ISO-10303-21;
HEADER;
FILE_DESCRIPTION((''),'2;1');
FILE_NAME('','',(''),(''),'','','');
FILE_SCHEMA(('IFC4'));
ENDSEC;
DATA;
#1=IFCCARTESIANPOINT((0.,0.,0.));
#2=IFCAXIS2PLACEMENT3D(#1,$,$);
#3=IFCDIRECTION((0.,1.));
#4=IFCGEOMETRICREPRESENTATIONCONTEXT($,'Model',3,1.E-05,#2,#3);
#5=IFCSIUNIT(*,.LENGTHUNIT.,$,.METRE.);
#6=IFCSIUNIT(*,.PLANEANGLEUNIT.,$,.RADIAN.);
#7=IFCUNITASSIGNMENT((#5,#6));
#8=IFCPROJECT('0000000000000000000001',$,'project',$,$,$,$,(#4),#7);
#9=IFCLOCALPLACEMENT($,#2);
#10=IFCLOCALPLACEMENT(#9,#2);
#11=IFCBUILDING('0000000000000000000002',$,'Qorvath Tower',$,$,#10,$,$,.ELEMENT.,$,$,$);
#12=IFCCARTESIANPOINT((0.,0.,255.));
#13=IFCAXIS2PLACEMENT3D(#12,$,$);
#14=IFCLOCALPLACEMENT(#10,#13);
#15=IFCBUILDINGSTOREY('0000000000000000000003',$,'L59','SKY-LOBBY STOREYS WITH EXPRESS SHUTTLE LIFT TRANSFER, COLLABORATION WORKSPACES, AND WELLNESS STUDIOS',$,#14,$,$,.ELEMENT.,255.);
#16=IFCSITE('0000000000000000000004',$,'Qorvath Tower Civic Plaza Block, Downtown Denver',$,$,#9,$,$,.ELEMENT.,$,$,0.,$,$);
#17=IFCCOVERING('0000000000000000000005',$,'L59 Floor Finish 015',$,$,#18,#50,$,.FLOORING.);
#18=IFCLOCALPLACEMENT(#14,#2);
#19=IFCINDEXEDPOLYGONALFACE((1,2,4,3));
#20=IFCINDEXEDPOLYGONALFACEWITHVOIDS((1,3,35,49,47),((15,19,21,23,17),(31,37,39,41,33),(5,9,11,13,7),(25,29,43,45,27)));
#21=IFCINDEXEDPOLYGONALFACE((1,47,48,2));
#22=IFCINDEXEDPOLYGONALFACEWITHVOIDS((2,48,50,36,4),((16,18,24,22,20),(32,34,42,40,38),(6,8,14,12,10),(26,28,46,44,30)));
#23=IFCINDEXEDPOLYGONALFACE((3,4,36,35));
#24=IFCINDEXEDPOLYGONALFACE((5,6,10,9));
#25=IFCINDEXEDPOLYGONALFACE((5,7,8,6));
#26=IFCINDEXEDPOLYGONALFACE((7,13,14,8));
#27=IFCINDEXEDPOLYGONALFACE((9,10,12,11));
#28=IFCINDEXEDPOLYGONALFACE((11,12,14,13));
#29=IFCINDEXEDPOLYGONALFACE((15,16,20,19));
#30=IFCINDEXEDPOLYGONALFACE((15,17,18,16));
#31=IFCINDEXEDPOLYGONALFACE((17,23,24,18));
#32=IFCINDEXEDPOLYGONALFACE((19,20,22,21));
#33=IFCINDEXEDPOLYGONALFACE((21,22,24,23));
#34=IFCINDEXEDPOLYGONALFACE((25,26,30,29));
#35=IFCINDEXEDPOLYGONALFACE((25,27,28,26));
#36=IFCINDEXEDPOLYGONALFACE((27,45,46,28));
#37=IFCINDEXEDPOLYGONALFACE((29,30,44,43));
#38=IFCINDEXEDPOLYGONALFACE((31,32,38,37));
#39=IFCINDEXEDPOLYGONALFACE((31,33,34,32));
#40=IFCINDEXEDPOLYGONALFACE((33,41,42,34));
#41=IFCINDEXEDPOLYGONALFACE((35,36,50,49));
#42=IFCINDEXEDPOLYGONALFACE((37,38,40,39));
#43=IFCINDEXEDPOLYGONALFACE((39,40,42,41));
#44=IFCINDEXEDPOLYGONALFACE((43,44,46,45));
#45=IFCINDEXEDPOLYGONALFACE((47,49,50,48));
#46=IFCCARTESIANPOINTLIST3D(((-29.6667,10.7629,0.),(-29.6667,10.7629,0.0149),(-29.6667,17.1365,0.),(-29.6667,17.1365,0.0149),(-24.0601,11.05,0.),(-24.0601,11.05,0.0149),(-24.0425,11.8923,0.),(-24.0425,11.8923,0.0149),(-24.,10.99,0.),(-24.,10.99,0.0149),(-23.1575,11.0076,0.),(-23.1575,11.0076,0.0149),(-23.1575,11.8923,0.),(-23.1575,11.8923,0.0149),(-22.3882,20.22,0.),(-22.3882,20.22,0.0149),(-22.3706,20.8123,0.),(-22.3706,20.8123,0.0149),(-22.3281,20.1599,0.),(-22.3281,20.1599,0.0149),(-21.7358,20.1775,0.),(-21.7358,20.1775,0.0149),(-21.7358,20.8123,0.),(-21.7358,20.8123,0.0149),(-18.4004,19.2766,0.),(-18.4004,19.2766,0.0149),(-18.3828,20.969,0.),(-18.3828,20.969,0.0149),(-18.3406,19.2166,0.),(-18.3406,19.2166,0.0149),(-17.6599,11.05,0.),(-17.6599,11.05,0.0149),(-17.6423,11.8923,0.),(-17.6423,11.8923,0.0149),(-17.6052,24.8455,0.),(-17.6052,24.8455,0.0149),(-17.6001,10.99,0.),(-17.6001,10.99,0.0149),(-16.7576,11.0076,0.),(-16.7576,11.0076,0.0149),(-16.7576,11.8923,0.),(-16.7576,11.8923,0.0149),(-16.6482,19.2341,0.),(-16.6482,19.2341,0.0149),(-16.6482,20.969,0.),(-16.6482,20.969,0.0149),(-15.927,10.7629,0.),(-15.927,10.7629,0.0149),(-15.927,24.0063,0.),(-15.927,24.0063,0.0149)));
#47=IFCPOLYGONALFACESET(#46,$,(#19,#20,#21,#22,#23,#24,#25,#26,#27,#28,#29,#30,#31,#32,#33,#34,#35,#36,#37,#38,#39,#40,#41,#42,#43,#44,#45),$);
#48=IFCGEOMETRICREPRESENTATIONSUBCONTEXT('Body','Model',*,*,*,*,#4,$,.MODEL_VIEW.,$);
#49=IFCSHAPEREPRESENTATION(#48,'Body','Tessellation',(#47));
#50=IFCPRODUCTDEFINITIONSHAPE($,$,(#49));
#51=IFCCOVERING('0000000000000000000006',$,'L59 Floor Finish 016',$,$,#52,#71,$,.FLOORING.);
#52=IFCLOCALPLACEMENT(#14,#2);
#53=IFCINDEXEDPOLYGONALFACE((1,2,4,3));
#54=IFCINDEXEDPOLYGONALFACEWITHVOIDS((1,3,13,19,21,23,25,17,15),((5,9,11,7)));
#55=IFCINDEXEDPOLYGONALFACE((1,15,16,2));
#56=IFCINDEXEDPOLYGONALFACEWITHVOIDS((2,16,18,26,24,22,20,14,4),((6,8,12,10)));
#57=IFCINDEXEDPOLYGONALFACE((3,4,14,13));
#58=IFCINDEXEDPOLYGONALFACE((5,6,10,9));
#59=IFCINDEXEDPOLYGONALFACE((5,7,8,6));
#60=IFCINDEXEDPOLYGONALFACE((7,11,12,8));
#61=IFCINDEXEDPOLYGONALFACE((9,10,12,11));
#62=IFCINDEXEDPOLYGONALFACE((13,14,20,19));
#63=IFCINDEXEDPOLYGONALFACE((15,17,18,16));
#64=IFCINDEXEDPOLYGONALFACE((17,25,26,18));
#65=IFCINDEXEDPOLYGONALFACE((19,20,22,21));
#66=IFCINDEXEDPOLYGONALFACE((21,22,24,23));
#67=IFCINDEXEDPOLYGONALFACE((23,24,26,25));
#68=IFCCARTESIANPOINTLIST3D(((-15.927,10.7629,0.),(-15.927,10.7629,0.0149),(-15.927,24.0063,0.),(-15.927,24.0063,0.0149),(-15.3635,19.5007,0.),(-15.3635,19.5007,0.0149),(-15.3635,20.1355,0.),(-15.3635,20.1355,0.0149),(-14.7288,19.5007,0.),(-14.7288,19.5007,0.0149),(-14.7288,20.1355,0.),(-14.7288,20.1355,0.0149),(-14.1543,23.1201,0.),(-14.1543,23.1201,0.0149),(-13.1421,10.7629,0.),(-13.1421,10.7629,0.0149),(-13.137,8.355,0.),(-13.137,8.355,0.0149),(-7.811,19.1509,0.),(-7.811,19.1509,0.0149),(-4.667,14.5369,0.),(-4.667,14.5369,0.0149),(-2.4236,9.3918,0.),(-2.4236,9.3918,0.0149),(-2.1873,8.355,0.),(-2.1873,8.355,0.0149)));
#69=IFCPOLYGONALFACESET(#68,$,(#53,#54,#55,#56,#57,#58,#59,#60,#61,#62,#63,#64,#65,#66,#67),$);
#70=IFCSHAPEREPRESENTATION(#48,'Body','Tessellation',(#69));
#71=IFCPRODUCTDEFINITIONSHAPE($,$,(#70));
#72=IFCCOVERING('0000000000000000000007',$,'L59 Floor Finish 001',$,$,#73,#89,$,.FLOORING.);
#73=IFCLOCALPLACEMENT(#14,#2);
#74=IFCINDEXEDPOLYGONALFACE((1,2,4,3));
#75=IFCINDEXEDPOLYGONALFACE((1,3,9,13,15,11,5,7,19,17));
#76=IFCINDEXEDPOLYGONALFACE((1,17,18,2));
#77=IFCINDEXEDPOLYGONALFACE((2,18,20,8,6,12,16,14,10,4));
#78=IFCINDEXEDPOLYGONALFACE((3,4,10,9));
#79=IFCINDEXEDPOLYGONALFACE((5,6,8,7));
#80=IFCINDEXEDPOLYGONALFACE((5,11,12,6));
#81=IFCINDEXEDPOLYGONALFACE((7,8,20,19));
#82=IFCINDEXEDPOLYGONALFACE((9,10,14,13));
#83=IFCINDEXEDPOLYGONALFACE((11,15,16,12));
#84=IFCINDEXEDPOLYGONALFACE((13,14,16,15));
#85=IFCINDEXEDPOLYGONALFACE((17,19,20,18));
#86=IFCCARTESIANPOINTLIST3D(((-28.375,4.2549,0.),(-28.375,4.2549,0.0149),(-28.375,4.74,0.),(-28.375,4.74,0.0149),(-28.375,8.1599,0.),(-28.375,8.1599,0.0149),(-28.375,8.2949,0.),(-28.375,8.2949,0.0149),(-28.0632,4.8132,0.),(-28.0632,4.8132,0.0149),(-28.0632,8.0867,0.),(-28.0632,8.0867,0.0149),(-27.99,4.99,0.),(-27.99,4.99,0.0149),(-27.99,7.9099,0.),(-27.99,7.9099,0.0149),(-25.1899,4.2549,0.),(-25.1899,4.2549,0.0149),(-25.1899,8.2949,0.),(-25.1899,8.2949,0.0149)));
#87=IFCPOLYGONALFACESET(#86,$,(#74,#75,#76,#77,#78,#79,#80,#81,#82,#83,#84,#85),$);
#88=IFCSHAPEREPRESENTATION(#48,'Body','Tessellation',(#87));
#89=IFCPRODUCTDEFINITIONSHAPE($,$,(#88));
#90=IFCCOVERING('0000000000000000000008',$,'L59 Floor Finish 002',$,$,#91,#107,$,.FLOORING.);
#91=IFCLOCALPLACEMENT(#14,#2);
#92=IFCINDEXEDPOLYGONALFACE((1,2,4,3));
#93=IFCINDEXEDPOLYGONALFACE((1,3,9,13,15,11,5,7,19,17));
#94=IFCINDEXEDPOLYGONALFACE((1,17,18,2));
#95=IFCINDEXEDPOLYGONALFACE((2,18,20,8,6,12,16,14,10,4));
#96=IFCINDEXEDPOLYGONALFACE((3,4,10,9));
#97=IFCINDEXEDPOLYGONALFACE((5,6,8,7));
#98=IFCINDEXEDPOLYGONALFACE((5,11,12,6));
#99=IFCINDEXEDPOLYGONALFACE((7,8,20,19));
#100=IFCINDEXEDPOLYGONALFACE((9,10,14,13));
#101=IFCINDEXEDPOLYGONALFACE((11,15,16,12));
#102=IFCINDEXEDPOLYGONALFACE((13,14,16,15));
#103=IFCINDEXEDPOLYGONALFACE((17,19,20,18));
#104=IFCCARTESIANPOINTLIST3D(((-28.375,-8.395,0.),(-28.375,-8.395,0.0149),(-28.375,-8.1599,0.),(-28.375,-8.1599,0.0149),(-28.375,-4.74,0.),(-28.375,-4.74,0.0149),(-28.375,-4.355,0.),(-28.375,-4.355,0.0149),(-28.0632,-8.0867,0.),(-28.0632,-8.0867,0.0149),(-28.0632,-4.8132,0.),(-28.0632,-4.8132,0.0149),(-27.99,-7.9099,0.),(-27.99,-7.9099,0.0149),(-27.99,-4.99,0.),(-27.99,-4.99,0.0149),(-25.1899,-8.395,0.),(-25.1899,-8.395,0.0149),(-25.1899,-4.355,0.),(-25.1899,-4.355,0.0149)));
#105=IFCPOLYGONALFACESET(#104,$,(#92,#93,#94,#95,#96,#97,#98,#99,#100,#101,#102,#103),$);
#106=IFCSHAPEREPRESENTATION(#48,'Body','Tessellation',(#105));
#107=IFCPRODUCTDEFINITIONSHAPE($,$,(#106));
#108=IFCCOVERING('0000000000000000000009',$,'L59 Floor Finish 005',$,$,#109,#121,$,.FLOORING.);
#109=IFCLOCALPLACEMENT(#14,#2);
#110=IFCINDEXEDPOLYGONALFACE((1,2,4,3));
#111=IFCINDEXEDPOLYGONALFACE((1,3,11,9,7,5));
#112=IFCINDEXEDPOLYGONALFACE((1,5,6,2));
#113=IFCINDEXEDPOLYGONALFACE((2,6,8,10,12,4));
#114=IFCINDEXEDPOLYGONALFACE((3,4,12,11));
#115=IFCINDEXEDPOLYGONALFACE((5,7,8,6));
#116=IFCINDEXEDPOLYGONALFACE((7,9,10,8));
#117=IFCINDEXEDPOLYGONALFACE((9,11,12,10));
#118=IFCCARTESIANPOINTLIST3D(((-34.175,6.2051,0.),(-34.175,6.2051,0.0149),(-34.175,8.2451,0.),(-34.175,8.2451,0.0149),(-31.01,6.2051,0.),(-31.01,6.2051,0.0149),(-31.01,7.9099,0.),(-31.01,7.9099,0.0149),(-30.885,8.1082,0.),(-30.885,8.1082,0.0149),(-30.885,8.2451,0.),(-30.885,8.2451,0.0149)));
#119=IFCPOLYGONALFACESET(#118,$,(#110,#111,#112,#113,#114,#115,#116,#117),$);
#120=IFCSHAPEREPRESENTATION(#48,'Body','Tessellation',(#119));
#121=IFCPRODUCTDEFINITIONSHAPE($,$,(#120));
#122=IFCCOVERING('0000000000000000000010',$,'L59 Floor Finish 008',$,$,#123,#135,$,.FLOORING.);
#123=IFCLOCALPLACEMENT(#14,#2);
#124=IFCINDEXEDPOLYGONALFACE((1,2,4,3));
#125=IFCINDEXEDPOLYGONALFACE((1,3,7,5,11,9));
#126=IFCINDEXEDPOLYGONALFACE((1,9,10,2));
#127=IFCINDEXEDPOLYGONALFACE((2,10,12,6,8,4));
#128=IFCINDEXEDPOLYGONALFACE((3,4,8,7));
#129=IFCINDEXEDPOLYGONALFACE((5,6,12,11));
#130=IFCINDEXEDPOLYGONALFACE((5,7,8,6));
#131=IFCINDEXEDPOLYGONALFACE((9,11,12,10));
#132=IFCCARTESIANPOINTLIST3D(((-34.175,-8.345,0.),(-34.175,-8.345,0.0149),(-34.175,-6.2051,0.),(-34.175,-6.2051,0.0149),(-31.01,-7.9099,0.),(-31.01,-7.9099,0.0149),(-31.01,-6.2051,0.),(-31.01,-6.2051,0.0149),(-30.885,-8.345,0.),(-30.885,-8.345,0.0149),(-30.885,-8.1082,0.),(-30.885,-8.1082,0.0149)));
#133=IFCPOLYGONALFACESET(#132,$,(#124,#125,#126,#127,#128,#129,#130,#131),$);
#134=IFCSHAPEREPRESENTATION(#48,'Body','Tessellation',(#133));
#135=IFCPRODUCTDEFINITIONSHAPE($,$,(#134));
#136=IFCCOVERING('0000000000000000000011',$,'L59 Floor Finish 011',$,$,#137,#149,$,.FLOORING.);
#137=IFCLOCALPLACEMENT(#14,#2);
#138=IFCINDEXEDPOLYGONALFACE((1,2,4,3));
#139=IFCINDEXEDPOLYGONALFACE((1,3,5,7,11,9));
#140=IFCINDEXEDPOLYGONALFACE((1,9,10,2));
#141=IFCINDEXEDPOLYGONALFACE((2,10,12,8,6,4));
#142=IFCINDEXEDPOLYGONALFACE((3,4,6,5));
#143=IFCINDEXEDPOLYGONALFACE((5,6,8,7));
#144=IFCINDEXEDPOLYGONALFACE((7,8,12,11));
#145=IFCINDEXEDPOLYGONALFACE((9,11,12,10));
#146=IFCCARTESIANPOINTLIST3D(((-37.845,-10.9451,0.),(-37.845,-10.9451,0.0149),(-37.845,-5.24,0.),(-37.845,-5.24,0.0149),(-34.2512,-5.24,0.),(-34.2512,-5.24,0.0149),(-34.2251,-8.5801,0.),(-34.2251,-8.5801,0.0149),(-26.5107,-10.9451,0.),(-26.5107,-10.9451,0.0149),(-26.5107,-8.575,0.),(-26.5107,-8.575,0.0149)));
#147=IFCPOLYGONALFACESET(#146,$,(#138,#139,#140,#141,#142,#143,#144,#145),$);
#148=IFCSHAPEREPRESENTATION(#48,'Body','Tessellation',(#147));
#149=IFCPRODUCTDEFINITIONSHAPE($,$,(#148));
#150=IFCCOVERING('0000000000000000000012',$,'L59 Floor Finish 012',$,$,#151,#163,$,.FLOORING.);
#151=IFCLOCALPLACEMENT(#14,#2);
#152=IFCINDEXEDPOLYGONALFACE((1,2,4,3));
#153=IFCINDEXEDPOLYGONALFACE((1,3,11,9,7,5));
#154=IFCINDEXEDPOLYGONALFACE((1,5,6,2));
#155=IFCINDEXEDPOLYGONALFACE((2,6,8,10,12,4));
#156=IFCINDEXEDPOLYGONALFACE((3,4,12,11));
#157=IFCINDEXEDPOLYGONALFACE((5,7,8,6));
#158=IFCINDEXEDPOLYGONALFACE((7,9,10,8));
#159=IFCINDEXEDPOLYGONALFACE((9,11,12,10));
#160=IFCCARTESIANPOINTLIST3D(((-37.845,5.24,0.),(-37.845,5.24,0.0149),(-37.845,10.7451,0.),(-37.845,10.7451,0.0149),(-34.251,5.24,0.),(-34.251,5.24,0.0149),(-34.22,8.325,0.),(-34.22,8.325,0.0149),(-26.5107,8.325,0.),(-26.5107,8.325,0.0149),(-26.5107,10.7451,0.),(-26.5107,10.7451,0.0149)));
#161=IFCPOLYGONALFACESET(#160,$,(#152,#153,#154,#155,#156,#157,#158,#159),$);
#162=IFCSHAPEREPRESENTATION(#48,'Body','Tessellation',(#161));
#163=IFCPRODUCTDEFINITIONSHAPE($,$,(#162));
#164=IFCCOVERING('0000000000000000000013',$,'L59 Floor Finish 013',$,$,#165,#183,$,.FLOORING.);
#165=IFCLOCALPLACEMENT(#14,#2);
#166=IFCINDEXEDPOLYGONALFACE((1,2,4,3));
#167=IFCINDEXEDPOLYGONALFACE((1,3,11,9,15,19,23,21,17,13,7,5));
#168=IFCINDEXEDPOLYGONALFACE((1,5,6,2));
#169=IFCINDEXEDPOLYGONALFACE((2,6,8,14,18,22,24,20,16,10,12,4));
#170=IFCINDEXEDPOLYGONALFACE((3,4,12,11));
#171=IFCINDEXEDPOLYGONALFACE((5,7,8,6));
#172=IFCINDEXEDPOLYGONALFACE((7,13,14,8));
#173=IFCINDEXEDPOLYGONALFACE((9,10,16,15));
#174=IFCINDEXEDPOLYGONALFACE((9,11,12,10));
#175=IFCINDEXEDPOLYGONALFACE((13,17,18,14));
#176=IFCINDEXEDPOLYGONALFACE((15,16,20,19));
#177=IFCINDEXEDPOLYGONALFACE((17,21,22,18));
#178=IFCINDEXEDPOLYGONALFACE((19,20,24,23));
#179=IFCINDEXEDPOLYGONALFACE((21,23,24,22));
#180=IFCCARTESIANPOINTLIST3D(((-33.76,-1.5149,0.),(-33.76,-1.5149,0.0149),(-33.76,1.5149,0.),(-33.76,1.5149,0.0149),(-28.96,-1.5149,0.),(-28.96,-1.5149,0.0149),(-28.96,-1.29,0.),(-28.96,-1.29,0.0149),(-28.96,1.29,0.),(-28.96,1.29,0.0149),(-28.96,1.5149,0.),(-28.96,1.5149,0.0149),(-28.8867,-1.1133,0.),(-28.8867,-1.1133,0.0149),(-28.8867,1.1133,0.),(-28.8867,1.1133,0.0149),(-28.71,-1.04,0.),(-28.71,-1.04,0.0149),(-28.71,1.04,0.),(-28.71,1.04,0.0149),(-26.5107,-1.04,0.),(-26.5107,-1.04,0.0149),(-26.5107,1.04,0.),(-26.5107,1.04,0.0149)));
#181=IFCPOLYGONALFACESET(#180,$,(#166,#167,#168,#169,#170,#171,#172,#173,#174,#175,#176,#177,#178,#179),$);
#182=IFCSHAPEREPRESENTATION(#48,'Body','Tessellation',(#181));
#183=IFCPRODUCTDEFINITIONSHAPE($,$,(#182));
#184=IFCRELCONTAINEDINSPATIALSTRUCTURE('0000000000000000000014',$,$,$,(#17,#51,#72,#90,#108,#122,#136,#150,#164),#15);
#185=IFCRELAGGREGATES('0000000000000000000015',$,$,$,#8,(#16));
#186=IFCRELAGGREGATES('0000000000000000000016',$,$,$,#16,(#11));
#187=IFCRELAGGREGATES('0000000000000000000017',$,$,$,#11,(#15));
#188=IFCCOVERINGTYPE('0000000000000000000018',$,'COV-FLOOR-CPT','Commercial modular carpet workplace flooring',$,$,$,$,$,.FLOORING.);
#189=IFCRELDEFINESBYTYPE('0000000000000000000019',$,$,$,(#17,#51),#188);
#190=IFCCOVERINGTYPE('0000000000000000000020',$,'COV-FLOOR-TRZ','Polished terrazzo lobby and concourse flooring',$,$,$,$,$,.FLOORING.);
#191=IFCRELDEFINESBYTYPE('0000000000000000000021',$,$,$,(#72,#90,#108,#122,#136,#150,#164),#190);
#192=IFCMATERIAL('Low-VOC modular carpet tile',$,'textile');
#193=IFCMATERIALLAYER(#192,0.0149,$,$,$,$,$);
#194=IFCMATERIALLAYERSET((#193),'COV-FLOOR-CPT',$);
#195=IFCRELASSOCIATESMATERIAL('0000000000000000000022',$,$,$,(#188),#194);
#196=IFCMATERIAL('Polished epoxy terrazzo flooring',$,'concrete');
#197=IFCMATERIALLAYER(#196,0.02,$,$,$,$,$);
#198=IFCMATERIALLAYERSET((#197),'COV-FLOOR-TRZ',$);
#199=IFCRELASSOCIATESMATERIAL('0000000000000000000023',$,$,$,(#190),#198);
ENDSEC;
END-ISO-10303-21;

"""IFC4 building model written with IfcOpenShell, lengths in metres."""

from ifc_helpers import new_model, si_unit, direction, frame, origin, place, context, subcontext, project, spatial, polyline, outline, extrude, material, layer, layer_set, type_object, element, save


model = new_model("IFC4")

# Units and contexts
model_context = context("Model", 3, precision=1e-05, world=origin(), true_north=direction((0.0, 1.0)))
body_context = subcontext(model_context, "Body", "Model", "MODEL_VIEW")
ifc_project = project(units=[si_unit("LENGTHUNIT", "METRE"), si_unit("PLANEANGLEUNIT", "RADIAN")], contexts=[model_context])

# Site, building, storey
site_placement = place(None, origin())
site = spatial("IfcSite", under=ifc_project, at=site_placement, Name="Qorvath Tower Civic Plaza Block, Downtown Denver", CompositionType="ELEMENT", RefElevation=0.0)
building_placement = place(site_placement, origin())
building = spatial("IfcBuilding", under=site, at=building_placement, Name="Qorvath Tower", CompositionType="ELEMENT")
storey_placement = place(building_placement, frame((0.0, 0.0, 255.0)))
storey = spatial("IfcBuildingStorey", under=building, at=storey_placement, Name="L59", Description="SKY-LOBBY STOREYS WITH EXPRESS SHUTTLE LIFT TRANSFER, COLLABORATION WORKSPACES, AND WELLNESS STUDIOS", CompositionType="ELEMENT", Elevation=255.0)

# Coverings
ifc_material_1 = material(Name="Low-VOC modular carpet tile", Category="textile")
ifc_layer_1 = layer(ifc_material_1, 0.0149)
ifc_layer_set_1 = layer_set([ifc_layer_1], Name="COV-FLOOR-CPT")
covering_type_1 = type_object("IfcCoveringType", Name="COV-FLOOR-CPT", Description="Commercial modular carpet workplace flooring", PredefinedType="FLOORING", material=ifc_layer_set_1)
covering_1_placement = place(storey_placement, origin())
element("IfcCovering", 1, at=covering_1_placement, inside=storey, type_object=covering_type_1, Name="L59 Floor Finish 015", PredefinedType="FLOORING", context=body_context, shape_type="SweptSolid", body=[
    extrude(outline(polyline([(-29.6667, 17.1365), (-29.6667, 10.7629), (-15.927, 10.7629), (-15.927, 24.0063), (-17.6052, 24.8455), (-29.6667, 17.1365)]), holes=[polyline([(-18.4004, 19.2766), (-18.3828, 20.969), (-16.6482, 20.969), (-16.6482, 19.2341), (-18.3406, 19.2166), (-18.4004, 19.2766)]), polyline([(-17.6599, 11.05), (-17.6423, 11.8923), (-16.7576, 11.8923), (-16.7576, 11.0076), (-17.6001, 10.99), (-17.6599, 11.05)]), polyline([(-22.3882, 20.22), (-22.3706, 20.8123), (-21.7358, 20.8123), (-21.7358, 20.1775), (-22.3281, 20.1599), (-22.3882, 20.22)]), polyline([(-24.0601, 11.05), (-24.0425, 11.8923), (-23.1575, 11.8923), (-23.1575, 11.0076), (-24.0, 10.99), (-24.0601, 11.05)])]), origin(), (0.0, 0.0, 1.0), 0.0149),
])
covering_2_placement = place(storey_placement, origin())
element("IfcCovering", 2, at=covering_2_placement, inside=storey, type_object=covering_type_1, Name="L59 Floor Finish 016", PredefinedType="FLOORING", context=body_context, shape_type="SweptSolid", body=[
    extrude(outline(polyline([(-15.927, 24.0063), (-15.927, 10.7629), (-13.1421, 10.7629), (-13.137, 8.355), (-2.1873, 8.355), (-2.4236, 9.3918), (-4.667, 14.5369), (-7.811, 19.1509), (-14.1543, 23.1201), (-15.927, 24.0063)]), holes=[polyline([(-15.3635, 19.5007), (-15.3635, 20.1355), (-14.7288, 20.1355), (-14.7288, 19.5007), (-15.3635, 19.5007)])]), origin(), (0.0, 0.0, 1.0), 0.0149),
])
ifc_material_2 = material(Name="Polished epoxy terrazzo flooring", Category="concrete")
ifc_layer_2 = layer(ifc_material_2, 0.02)
ifc_layer_set_2 = layer_set([ifc_layer_2], Name="COV-FLOOR-TRZ")
covering_type_2 = type_object("IfcCoveringType", Name="COV-FLOOR-TRZ", Description="Polished terrazzo lobby and concourse flooring", PredefinedType="FLOORING", material=ifc_layer_set_2)
covering_3_placement = place(storey_placement, origin())
element("IfcCovering", 3, at=covering_3_placement, inside=storey, type_object=covering_type_2, Name="L59 Floor Finish 001", PredefinedType="FLOORING", context=body_context, shape_type="SweptSolid", body=[
    extrude(outline(polyline([(-25.1899, 4.2549), (-25.1899, 8.2949), (-28.375, 8.2949), (-28.375, 8.1599), (-28.0632, 8.0867), (-27.99, 7.9099), (-27.99, 4.99), (-28.0632, 4.8132), (-28.375, 4.74), (-28.375, 4.2549), (-25.1899, 4.2549)])), origin(), (0.0, 0.0, 1.0), 0.0149),
])
covering_4_placement = place(storey_placement, origin())
element("IfcCovering", 4, at=covering_4_placement, inside=storey, type_object=covering_type_2, Name="L59 Floor Finish 002", PredefinedType="FLOORING", context=body_context, shape_type="SweptSolid", body=[
    extrude(outline(polyline([(-25.1899, -8.395), (-25.1899, -4.355), (-28.375, -4.355), (-28.375, -4.74), (-28.0632, -4.8132), (-27.99, -4.99), (-27.99, -7.9099), (-28.0632, -8.0867), (-28.375, -8.1599), (-28.375, -8.395), (-25.1899, -8.395)])), origin(), (0.0, 0.0, 1.0), 0.0149),
])
covering_5_placement = place(storey_placement, origin())
element("IfcCovering", 5, at=covering_5_placement, inside=storey, type_object=covering_type_2, Name="L59 Floor Finish 005", PredefinedType="FLOORING", context=body_context, shape_type="SweptSolid", body=[
    extrude(outline(polyline([(-31.01, 6.2051), (-31.01, 7.9099), (-30.885, 8.1082), (-30.885, 8.2451), (-34.175, 8.2451), (-34.175, 6.2051), (-31.01, 6.2051)])), origin(), (0.0, 0.0, 1.0), 0.0149),
])
covering_6_placement = place(storey_placement, origin())
element("IfcCovering", 6, at=covering_6_placement, inside=storey, type_object=covering_type_2, Name="L59 Floor Finish 008", PredefinedType="FLOORING", context=body_context, shape_type="SweptSolid", body=[
    extrude(outline(polyline([(-30.885, -8.345), (-30.885, -8.1082), (-31.01, -7.9099), (-31.01, -6.2051), (-34.175, -6.2051), (-34.175, -8.345), (-30.885, -8.345)])), origin(), (0.0, 0.0, 1.0), 0.0149),
])
covering_7_placement = place(storey_placement, origin())
element("IfcCovering", 7, at=covering_7_placement, inside=storey, type_object=covering_type_2, Name="L59 Floor Finish 011", PredefinedType="FLOORING", context=body_context, shape_type="SweptSolid", body=[
    extrude(outline(polyline([(-34.2251, -8.5801), (-34.2512, -5.24), (-37.845, -5.24), (-37.845, -10.9451), (-26.5107, -10.9451), (-26.5107, -8.575), (-34.2251, -8.5801)])), origin(), (0.0, 0.0, 1.0), 0.0149),
])
covering_8_placement = place(storey_placement, origin())
element("IfcCovering", 8, at=covering_8_placement, inside=storey, type_object=covering_type_2, Name="L59 Floor Finish 012", PredefinedType="FLOORING", context=body_context, shape_type="SweptSolid", body=[
    extrude(outline(polyline([(-26.5107, 8.325), (-26.5107, 10.7451), (-37.845, 10.7451), (-37.845, 5.24), (-34.251, 5.24), (-34.22, 8.325), (-26.5107, 8.325)])), origin(), (0.0, 0.0, 1.0), 0.0149),
])
covering_9_placement = place(storey_placement, origin())
element("IfcCovering", 9, at=covering_9_placement, inside=storey, type_object=covering_type_2, Name="L59 Floor Finish 013", PredefinedType="FLOORING", context=body_context, shape_type="SweptSolid", body=[
    extrude(outline(polyline([(-26.5107, -1.04), (-26.5107, 1.04), (-28.71, 1.04), (-28.8867, 1.1133), (-28.96, 1.29), (-28.96, 1.5149), (-33.76, 1.5149), (-33.76, -1.5149), (-28.96, -1.5149), (-28.96, -1.29), (-28.8867, -1.1133), (-28.71, -1.04), (-26.5107, -1.04)])), origin(), (0.0, 0.0, 1.0), 0.0149),
])

save(model, "model.ifc")
